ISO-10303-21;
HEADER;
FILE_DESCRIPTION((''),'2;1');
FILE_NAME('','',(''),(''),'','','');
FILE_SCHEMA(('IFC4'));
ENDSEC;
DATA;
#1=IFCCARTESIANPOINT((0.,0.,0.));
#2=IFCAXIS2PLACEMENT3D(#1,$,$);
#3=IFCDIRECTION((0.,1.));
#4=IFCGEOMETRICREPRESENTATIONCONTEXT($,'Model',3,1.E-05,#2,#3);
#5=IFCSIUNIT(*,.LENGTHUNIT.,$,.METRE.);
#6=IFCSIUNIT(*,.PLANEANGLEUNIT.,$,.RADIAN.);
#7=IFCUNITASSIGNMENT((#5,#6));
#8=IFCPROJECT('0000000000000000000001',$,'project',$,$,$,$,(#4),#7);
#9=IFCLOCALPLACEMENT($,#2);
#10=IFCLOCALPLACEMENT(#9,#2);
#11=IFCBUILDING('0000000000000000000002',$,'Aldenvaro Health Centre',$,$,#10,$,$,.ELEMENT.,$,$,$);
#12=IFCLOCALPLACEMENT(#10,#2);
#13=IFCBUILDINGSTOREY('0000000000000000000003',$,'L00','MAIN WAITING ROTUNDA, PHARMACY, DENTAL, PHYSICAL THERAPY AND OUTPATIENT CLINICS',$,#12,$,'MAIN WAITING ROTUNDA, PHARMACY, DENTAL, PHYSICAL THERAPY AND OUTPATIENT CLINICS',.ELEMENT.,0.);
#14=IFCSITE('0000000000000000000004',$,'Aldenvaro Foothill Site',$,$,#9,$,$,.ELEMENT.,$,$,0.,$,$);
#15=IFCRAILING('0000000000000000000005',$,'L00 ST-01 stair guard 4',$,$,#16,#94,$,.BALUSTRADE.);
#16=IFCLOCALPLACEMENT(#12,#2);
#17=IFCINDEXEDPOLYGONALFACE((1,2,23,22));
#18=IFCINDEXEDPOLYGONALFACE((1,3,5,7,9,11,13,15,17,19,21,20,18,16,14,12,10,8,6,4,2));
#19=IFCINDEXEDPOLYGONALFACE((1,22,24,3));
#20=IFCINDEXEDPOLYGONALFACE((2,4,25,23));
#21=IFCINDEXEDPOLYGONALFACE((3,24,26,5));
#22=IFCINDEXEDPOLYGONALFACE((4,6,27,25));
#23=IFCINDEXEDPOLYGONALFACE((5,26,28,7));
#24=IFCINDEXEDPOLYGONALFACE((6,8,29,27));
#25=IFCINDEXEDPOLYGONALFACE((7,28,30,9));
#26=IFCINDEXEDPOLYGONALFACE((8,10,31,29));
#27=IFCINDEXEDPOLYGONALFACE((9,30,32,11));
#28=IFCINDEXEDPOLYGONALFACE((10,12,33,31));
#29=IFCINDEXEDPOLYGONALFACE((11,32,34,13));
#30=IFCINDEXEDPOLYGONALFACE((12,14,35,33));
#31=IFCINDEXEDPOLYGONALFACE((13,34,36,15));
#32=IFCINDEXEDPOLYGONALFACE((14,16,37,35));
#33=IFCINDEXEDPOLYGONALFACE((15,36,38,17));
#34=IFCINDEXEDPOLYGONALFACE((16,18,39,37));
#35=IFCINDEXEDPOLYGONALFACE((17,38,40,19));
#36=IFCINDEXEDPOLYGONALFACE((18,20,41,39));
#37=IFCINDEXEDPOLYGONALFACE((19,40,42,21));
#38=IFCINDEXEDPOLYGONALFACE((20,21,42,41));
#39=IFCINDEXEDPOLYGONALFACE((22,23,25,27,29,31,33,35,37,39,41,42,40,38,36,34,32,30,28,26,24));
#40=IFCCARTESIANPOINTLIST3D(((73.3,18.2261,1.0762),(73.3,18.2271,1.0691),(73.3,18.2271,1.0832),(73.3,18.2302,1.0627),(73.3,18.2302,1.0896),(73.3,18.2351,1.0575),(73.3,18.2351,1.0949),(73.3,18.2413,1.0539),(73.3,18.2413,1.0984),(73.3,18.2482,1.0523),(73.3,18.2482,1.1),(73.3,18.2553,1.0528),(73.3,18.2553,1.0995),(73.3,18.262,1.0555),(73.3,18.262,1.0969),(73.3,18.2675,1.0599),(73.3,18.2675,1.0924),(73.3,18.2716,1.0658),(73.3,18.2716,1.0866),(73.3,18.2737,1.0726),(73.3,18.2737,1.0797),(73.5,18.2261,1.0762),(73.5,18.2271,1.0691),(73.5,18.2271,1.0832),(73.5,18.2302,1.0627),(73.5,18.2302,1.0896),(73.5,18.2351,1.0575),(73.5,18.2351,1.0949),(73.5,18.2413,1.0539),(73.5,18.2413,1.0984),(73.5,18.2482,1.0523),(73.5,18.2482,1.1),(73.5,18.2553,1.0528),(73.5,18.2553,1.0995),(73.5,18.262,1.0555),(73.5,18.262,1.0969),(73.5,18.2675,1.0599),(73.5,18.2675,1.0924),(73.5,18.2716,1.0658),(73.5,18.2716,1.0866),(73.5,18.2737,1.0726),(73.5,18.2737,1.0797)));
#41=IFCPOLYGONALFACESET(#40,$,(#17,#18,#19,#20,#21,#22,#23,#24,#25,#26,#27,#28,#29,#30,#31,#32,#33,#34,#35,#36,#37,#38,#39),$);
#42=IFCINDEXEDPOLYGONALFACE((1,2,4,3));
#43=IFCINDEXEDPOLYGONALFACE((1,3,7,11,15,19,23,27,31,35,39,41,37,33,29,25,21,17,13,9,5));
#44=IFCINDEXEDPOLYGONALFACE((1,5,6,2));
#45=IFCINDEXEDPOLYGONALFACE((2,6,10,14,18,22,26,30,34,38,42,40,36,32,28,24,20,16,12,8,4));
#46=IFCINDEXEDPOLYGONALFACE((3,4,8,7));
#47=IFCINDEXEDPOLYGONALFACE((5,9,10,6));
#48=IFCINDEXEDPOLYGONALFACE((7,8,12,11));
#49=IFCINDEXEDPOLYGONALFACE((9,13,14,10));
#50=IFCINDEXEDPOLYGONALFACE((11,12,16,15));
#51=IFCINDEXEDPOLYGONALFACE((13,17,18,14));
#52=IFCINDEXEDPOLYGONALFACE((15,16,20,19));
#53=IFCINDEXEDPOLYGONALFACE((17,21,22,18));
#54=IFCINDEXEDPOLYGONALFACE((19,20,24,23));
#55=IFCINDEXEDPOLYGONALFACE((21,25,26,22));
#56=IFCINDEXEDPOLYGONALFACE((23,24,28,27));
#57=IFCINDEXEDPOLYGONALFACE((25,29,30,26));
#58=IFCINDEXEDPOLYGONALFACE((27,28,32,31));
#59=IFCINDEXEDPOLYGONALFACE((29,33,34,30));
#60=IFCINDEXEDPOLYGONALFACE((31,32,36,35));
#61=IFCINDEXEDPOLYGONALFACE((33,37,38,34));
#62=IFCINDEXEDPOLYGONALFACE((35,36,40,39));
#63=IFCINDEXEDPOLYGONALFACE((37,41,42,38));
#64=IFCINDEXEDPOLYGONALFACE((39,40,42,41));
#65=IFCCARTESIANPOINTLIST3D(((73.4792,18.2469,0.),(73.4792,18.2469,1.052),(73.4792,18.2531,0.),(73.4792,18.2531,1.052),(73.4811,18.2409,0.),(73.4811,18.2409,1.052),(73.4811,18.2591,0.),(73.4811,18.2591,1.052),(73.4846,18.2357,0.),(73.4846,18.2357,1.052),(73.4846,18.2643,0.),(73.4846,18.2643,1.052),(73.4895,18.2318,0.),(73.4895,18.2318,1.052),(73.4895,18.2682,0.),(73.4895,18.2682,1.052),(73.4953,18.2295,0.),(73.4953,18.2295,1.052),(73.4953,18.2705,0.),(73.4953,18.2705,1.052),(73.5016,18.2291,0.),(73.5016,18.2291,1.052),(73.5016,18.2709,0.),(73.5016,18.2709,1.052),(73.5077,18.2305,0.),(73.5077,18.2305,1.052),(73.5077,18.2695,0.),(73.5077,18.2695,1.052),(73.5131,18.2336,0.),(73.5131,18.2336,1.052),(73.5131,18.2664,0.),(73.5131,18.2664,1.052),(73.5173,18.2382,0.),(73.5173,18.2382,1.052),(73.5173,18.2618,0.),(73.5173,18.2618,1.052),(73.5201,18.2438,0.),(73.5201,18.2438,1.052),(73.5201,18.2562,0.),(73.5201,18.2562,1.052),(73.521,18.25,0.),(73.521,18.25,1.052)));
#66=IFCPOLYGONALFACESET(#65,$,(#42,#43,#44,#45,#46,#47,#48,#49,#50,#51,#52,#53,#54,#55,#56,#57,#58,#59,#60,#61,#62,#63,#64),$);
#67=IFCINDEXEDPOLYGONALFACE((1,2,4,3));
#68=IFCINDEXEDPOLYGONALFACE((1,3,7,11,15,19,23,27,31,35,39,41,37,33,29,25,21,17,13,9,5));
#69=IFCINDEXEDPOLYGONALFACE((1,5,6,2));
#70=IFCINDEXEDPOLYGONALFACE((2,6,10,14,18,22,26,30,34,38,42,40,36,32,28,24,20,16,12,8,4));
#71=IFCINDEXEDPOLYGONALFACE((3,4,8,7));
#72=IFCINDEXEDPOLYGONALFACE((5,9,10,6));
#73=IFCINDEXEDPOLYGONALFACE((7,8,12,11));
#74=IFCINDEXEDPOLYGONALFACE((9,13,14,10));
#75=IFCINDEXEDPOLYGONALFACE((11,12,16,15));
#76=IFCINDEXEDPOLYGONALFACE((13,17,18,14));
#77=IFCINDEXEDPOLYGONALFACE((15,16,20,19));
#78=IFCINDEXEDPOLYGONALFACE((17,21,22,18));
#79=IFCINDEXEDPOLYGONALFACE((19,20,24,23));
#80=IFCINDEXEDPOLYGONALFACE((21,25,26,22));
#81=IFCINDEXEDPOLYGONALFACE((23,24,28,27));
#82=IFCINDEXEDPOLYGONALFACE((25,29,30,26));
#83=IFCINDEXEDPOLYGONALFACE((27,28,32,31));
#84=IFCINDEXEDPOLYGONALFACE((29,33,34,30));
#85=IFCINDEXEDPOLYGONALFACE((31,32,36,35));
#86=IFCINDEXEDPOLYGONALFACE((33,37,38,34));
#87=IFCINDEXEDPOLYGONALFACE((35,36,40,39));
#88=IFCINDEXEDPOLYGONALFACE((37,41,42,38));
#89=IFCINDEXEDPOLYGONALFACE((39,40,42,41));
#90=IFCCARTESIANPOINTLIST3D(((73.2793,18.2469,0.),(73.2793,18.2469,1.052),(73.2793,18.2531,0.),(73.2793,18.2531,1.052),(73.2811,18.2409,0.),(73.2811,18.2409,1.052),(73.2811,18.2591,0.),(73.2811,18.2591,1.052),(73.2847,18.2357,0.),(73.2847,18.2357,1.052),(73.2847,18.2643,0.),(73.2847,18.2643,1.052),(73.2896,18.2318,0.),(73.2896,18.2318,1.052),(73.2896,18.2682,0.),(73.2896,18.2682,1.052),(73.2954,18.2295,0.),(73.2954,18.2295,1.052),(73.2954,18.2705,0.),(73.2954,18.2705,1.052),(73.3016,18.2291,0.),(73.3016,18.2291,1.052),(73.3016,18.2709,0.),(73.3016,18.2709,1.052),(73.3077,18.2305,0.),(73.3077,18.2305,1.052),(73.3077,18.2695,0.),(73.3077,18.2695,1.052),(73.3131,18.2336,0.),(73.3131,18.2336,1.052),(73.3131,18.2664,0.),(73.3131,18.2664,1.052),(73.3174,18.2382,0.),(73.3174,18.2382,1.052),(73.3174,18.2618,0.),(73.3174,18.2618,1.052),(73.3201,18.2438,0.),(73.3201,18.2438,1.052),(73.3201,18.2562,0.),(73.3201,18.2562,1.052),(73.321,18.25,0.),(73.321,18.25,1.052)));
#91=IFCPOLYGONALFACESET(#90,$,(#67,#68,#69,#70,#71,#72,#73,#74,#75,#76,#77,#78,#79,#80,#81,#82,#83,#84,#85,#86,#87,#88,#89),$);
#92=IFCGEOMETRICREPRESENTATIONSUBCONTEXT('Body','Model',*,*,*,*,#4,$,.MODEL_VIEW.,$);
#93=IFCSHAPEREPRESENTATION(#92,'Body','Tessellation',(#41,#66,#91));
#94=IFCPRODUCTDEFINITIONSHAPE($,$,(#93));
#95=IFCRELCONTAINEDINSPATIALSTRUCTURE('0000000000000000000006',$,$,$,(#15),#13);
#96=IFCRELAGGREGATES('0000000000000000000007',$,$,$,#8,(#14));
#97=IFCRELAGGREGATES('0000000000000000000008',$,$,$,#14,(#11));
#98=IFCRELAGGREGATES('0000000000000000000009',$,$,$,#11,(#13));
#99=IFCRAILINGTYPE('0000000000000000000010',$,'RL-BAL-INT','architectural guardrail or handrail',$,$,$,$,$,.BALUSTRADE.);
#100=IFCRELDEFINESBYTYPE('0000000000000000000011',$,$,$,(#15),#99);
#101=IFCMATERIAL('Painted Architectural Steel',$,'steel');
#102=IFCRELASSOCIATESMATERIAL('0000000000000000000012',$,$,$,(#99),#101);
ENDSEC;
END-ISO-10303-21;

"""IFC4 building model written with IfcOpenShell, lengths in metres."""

from ifc_helpers import new_model, si_unit, direction, frame, origin, origin_2d, place, context, subcontext, project, spatial, circle, extrude, material, type_object, element, save


model = new_model("IFC4")

# Units and contexts
model_context = context("Model", 3, precision=1e-05, world=origin(), true_north=direction((0.0, 1.0)))
body_context = subcontext(model_context, "Body", "Model", "MODEL_VIEW")
ifc_project = project(units=[si_unit("LENGTHUNIT", "METRE"), si_unit("PLANEANGLEUNIT", "RADIAN")], contexts=[model_context])

# Site, building, storey
site_placement = place(None, origin())
site = spatial("IfcSite", under=ifc_project, at=site_placement, Name="Aldenvaro Foothill Site", CompositionType="ELEMENT", RefElevation=0.0)
building_placement = place(site_placement, origin())
building = spatial("IfcBuilding", under=site, at=building_placement, Name="Aldenvaro Health Centre", CompositionType="ELEMENT")
storey_placement = place(building_placement, origin())
storey = spatial("IfcBuildingStorey", under=building, at=storey_placement, Name="L00", Description="MAIN WAITING ROTUNDA, PHARMACY, DENTAL, PHYSICAL THERAPY AND OUTPATIENT CLINICS", LongName="MAIN WAITING ROTUNDA, PHARMACY, DENTAL, PHYSICAL THERAPY AND OUTPATIENT CLINICS", CompositionType="ELEMENT", Elevation=0.0)

# Railing
ifc_material_1 = material(Name="Painted Architectural Steel", Category="steel")
railing_type_1 = type_object("IfcRailingType", Name="RL-BAL-INT", Description="architectural guardrail or handrail", PredefinedType="BALUSTRADE", material=ifc_material_1)
railing_1_placement = place(storey_placement, frame((73.5, 18.25, 0.0)))
element("IfcRailing", 1, at=railing_1_placement, inside=storey, type_object=railing_type_1, Name="L00 ST-01 stair guard 4", PredefinedType="BALUSTRADE", context=body_context, shape_type="SweptSolid", body=[
    extrude(circle(Radius=0.0239, at=origin_2d()), frame((0.0, 0.0, 1.0762), z_axis=(-1.0, 0.0, 0.0), x_axis=(0.0, -1.0, 0.0)), (0.0, 0.0, 1.0), 0.2),
    extrude(circle(Radius=0.021, at=origin_2d()), origin(), (0.0, 0.0, 1.0), 1.052),
    extrude(circle(Radius=0.021, at=origin_2d()), frame((-0.2, 0.0, 0.0)), (0.0, 0.0, 1.0), 1.052),
])

save(model, "model.ifc")
